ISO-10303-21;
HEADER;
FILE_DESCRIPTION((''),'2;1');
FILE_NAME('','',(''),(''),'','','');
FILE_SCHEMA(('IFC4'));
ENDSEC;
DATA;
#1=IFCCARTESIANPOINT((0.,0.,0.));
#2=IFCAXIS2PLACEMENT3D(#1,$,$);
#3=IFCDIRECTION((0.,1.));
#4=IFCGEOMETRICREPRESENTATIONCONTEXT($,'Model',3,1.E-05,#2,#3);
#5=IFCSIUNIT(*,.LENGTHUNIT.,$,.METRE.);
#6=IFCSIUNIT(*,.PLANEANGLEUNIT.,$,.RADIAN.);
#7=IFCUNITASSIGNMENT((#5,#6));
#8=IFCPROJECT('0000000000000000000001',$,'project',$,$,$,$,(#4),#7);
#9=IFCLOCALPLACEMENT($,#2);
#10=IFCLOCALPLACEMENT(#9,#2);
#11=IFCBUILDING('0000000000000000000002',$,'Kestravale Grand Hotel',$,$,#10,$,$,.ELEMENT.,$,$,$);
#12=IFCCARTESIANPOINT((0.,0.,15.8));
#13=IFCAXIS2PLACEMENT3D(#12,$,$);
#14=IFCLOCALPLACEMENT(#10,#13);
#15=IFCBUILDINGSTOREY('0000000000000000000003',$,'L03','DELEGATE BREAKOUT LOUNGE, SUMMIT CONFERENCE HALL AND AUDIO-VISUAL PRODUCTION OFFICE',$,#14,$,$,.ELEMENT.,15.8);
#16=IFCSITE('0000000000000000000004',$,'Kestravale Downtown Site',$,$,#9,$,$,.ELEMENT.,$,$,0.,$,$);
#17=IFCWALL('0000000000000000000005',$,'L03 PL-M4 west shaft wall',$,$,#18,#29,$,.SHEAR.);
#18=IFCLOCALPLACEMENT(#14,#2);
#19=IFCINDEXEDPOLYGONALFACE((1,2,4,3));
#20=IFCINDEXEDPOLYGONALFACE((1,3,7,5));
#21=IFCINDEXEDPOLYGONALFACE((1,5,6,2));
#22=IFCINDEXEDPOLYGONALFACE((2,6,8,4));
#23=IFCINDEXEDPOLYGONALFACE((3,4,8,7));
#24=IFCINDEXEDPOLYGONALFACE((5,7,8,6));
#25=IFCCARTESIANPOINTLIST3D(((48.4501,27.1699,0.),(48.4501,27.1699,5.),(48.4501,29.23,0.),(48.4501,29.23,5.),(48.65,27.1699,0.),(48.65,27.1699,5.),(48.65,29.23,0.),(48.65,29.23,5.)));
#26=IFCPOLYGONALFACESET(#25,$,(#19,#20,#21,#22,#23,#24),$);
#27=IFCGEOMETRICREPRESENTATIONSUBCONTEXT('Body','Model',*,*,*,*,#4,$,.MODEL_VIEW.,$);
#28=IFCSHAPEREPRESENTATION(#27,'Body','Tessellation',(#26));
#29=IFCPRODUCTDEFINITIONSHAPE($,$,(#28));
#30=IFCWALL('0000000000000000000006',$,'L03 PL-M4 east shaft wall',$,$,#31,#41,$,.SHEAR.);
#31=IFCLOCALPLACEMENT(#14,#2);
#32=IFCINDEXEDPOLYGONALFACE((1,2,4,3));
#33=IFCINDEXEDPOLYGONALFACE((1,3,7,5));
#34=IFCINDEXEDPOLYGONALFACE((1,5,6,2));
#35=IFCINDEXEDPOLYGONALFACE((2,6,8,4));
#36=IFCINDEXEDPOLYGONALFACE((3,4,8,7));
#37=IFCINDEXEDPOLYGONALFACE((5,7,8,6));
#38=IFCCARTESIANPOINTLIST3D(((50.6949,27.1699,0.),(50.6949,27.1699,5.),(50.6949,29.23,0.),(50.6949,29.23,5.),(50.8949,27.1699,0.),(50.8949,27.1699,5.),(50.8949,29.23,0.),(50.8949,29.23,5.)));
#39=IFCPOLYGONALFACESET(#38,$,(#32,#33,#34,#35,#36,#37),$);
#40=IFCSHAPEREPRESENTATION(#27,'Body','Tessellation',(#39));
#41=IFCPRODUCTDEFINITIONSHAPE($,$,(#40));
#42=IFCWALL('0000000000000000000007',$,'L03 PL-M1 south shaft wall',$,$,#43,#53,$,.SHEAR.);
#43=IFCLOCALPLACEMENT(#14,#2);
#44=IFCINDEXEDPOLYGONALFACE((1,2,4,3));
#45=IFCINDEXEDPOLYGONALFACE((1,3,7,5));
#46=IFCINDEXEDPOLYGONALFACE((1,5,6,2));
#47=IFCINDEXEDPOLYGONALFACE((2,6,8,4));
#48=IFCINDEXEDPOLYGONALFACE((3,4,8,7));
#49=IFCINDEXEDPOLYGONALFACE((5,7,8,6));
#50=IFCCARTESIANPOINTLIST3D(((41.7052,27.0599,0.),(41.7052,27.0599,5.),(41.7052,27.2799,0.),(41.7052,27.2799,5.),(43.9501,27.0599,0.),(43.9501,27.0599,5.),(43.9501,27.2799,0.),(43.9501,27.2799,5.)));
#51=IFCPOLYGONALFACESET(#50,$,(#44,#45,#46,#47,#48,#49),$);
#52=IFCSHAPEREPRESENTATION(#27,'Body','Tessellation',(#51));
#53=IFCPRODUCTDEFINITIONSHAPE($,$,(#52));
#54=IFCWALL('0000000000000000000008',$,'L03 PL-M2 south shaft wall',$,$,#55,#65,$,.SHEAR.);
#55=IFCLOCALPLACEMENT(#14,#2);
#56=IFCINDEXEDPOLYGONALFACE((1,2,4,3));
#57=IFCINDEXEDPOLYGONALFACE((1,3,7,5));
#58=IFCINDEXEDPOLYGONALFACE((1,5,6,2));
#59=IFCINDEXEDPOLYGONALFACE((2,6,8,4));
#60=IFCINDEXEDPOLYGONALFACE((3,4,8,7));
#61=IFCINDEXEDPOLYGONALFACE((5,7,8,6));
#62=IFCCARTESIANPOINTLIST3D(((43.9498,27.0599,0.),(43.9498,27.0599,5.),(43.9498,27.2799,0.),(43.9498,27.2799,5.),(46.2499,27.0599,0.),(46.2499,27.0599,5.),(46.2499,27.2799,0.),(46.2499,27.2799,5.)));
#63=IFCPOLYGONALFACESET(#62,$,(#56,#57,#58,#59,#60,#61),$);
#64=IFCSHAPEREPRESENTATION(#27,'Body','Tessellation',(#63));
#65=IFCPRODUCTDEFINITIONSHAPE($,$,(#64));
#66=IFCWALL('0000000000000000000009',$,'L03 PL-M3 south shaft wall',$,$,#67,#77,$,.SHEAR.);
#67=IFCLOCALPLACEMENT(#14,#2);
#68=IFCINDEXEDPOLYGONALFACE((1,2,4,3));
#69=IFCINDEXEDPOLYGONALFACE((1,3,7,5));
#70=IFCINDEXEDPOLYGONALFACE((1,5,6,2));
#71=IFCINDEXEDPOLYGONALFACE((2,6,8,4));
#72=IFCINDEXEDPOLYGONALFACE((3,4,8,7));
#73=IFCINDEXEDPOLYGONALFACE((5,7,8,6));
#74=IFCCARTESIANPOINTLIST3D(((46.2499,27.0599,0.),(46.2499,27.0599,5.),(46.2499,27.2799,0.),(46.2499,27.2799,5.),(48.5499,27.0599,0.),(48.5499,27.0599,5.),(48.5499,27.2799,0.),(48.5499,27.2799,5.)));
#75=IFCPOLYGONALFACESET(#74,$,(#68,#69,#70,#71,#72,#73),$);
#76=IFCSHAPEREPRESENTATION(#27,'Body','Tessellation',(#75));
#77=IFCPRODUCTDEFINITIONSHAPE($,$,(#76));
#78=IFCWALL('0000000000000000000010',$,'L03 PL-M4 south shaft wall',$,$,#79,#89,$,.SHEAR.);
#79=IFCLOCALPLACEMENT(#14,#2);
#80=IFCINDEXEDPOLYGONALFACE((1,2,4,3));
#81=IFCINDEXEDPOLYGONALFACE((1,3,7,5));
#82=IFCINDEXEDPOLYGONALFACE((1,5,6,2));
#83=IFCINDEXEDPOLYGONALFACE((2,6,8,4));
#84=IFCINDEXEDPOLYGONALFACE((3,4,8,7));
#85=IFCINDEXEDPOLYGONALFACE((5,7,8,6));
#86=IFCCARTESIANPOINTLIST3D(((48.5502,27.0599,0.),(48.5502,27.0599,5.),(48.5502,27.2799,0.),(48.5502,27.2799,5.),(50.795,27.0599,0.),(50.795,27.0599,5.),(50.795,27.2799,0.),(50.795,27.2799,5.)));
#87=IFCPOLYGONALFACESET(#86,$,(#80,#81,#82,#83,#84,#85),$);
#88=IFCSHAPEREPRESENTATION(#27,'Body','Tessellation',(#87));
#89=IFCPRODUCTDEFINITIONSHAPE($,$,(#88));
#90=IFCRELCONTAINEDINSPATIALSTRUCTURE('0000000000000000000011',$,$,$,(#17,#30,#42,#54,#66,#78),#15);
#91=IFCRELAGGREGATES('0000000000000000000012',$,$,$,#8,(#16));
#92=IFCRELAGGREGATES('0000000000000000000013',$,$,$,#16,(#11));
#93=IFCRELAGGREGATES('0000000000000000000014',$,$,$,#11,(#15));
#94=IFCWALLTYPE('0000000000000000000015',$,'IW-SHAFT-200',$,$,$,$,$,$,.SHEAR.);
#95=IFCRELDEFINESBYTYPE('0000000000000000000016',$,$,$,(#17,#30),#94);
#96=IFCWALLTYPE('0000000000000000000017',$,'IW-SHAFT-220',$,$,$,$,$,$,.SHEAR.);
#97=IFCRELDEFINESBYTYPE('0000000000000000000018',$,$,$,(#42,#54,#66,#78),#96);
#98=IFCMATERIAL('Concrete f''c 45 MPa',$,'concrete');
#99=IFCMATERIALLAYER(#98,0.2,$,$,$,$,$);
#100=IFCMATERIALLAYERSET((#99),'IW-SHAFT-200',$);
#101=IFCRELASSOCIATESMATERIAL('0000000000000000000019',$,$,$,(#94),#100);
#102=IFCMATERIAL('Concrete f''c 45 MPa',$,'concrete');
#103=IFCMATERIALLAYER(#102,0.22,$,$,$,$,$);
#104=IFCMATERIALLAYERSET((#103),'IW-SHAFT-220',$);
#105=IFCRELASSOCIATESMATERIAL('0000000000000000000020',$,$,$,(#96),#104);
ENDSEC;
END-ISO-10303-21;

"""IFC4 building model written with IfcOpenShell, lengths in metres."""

from ifc_helpers import new_model, si_unit, direction, frame, frame_2d, origin, place, context, subcontext, project, spatial, rectangle, extrude, material, layer, layer_set, type_object, element, save


model = new_model("IFC4")

# Units and contexts
model_context = context("Model", 3, precision=1e-05, world=origin(), true_north=direction((0.0, 1.0)))
body_context = subcontext(model_context, "Body", "Model", "MODEL_VIEW")
ifc_project = project(units=[si_unit("LENGTHUNIT", "METRE"), si_unit("PLANEANGLEUNIT", "RADIAN")], contexts=[model_context])

# Site, building, storey
site_placement = place(None, origin())
site = spatial("IfcSite", under=ifc_project, at=site_placement, Name="Kestravale Downtown Site", CompositionType="ELEMENT", RefElevation=0.0)
building_placement = place(site_placement, origin())
building = spatial("IfcBuilding", under=site, at=building_placement, Name="Kestravale Grand Hotel", CompositionType="ELEMENT")
storey_placement = place(building_placement, frame((0.0, 0.0, 15.8)))
storey = spatial("IfcBuildingStorey", under=building, at=storey_placement, Name="L03", Description="DELEGATE BREAKOUT LOUNGE, SUMMIT CONFERENCE HALL AND AUDIO-VISUAL PRODUCTION OFFICE", CompositionType="ELEMENT", Elevation=15.8)

# Walls
ifc_material_1 = material(Name="Concrete f'c 45 MPa", Category="concrete")
ifc_layer_1 = layer(ifc_material_1, 0.2)
ifc_layer_set_1 = layer_set([ifc_layer_1], Name="IW-SHAFT-200")
wall_type_1 = type_object("IfcWallType", Name="IW-SHAFT-200", PredefinedType="SHEAR", material=ifc_layer_set_1)
for number, where, z_axis, x_axis, name in (
    (1, (48.55, 27.1699, 0.0), (0.0, 0.0, 1.0), (0.0, 1.0, 0.0), "L03 PL-M4 west shaft wall"),
    (2, (50.7949, 27.1699, 0.0), (0.0, 0.0, 1.0), (0.0, 1.0, 0.0), "L03 PL-M4 east shaft wall"),
):
    element("IfcWall", number, at=place(storey_placement, frame(where, z_axis=z_axis, x_axis=x_axis)), inside=storey, type_object=wall_type_1, Name=name, PredefinedType="SHEAR", context=body_context, shape_type="SweptSolid", body=[
        extrude(rectangle(XDim=2.0601, YDim=0.2, at=frame_2d((1.03, 0.0))), origin(), (0.0, 0.0, 1.0), 5.0),
    ])
ifc_material_2 = material(Name="Concrete f'c 45 MPa", Category="concrete")
ifc_layer_2 = layer(ifc_material_2, 0.22)
ifc_layer_set_2 = layer_set([ifc_layer_2], Name="IW-SHAFT-220")
wall_type_2 = type_object("IfcWallType", Name="IW-SHAFT-220", PredefinedType="SHEAR", material=ifc_layer_set_2)
wall_1_placement = place(storey_placement, frame((41.7051, 27.1699, 0.0), z_axis=(0.0, 0.0, 1.0), x_axis=(1.0, 0.0, 0.0)))
element("IfcWall", 3, at=wall_1_placement, inside=storey, type_object=wall_type_2, Name="L03 PL-M1 south shaft wall", PredefinedType="SHEAR", context=body_context, shape_type="SweptSolid", body=[
    extrude(rectangle(XDim=2.2449, YDim=0.22, at=frame_2d((1.1226, 0.0))), origin(), (0.0, 0.0, 1.0), 5.0),
])
for number, where, z_axis, x_axis, name in (
    (4, (43.95, 27.1699, 0.0), (0.0, 0.0, 1.0), (1.0, 0.0, 0.0), "L03 PL-M2 south shaft wall"),
    (5, (46.25, 27.1699, 0.0), (0.0, 0.0, 1.0), (1.0, 0.0, 0.0), "L03 PL-M3 south shaft wall"),
):
    element("IfcWall", number, at=place(storey_placement, frame(where, z_axis=z_axis, x_axis=x_axis)), inside=storey, type_object=wall_type_2, Name=name, PredefinedType="SHEAR", context=body_context, shape_type="SweptSolid", body=[
        extrude(rectangle(XDim=2.3, YDim=0.22, at=frame_2d((1.1499, 0.0))), origin(), (0.0, 0.0, 1.0), 5.0),
    ])
wall_2_placement = place(storey_placement, frame((48.55, 27.1699, 0.0), z_axis=(0.0, 0.0, 1.0), x_axis=(1.0, 0.0, 0.0)))
element("IfcWall", 6, at=wall_2_placement, inside=storey, type_object=wall_type_2, Name="L03 PL-M4 south shaft wall", PredefinedType="SHEAR", context=body_context, shape_type="SweptSolid", body=[
    extrude(rectangle(XDim=2.2449, YDim=0.22, at=frame_2d((1.1226, 0.0))), origin(), (0.0, 0.0, 1.0), 5.0),
])

save(model, "model.ifc")
